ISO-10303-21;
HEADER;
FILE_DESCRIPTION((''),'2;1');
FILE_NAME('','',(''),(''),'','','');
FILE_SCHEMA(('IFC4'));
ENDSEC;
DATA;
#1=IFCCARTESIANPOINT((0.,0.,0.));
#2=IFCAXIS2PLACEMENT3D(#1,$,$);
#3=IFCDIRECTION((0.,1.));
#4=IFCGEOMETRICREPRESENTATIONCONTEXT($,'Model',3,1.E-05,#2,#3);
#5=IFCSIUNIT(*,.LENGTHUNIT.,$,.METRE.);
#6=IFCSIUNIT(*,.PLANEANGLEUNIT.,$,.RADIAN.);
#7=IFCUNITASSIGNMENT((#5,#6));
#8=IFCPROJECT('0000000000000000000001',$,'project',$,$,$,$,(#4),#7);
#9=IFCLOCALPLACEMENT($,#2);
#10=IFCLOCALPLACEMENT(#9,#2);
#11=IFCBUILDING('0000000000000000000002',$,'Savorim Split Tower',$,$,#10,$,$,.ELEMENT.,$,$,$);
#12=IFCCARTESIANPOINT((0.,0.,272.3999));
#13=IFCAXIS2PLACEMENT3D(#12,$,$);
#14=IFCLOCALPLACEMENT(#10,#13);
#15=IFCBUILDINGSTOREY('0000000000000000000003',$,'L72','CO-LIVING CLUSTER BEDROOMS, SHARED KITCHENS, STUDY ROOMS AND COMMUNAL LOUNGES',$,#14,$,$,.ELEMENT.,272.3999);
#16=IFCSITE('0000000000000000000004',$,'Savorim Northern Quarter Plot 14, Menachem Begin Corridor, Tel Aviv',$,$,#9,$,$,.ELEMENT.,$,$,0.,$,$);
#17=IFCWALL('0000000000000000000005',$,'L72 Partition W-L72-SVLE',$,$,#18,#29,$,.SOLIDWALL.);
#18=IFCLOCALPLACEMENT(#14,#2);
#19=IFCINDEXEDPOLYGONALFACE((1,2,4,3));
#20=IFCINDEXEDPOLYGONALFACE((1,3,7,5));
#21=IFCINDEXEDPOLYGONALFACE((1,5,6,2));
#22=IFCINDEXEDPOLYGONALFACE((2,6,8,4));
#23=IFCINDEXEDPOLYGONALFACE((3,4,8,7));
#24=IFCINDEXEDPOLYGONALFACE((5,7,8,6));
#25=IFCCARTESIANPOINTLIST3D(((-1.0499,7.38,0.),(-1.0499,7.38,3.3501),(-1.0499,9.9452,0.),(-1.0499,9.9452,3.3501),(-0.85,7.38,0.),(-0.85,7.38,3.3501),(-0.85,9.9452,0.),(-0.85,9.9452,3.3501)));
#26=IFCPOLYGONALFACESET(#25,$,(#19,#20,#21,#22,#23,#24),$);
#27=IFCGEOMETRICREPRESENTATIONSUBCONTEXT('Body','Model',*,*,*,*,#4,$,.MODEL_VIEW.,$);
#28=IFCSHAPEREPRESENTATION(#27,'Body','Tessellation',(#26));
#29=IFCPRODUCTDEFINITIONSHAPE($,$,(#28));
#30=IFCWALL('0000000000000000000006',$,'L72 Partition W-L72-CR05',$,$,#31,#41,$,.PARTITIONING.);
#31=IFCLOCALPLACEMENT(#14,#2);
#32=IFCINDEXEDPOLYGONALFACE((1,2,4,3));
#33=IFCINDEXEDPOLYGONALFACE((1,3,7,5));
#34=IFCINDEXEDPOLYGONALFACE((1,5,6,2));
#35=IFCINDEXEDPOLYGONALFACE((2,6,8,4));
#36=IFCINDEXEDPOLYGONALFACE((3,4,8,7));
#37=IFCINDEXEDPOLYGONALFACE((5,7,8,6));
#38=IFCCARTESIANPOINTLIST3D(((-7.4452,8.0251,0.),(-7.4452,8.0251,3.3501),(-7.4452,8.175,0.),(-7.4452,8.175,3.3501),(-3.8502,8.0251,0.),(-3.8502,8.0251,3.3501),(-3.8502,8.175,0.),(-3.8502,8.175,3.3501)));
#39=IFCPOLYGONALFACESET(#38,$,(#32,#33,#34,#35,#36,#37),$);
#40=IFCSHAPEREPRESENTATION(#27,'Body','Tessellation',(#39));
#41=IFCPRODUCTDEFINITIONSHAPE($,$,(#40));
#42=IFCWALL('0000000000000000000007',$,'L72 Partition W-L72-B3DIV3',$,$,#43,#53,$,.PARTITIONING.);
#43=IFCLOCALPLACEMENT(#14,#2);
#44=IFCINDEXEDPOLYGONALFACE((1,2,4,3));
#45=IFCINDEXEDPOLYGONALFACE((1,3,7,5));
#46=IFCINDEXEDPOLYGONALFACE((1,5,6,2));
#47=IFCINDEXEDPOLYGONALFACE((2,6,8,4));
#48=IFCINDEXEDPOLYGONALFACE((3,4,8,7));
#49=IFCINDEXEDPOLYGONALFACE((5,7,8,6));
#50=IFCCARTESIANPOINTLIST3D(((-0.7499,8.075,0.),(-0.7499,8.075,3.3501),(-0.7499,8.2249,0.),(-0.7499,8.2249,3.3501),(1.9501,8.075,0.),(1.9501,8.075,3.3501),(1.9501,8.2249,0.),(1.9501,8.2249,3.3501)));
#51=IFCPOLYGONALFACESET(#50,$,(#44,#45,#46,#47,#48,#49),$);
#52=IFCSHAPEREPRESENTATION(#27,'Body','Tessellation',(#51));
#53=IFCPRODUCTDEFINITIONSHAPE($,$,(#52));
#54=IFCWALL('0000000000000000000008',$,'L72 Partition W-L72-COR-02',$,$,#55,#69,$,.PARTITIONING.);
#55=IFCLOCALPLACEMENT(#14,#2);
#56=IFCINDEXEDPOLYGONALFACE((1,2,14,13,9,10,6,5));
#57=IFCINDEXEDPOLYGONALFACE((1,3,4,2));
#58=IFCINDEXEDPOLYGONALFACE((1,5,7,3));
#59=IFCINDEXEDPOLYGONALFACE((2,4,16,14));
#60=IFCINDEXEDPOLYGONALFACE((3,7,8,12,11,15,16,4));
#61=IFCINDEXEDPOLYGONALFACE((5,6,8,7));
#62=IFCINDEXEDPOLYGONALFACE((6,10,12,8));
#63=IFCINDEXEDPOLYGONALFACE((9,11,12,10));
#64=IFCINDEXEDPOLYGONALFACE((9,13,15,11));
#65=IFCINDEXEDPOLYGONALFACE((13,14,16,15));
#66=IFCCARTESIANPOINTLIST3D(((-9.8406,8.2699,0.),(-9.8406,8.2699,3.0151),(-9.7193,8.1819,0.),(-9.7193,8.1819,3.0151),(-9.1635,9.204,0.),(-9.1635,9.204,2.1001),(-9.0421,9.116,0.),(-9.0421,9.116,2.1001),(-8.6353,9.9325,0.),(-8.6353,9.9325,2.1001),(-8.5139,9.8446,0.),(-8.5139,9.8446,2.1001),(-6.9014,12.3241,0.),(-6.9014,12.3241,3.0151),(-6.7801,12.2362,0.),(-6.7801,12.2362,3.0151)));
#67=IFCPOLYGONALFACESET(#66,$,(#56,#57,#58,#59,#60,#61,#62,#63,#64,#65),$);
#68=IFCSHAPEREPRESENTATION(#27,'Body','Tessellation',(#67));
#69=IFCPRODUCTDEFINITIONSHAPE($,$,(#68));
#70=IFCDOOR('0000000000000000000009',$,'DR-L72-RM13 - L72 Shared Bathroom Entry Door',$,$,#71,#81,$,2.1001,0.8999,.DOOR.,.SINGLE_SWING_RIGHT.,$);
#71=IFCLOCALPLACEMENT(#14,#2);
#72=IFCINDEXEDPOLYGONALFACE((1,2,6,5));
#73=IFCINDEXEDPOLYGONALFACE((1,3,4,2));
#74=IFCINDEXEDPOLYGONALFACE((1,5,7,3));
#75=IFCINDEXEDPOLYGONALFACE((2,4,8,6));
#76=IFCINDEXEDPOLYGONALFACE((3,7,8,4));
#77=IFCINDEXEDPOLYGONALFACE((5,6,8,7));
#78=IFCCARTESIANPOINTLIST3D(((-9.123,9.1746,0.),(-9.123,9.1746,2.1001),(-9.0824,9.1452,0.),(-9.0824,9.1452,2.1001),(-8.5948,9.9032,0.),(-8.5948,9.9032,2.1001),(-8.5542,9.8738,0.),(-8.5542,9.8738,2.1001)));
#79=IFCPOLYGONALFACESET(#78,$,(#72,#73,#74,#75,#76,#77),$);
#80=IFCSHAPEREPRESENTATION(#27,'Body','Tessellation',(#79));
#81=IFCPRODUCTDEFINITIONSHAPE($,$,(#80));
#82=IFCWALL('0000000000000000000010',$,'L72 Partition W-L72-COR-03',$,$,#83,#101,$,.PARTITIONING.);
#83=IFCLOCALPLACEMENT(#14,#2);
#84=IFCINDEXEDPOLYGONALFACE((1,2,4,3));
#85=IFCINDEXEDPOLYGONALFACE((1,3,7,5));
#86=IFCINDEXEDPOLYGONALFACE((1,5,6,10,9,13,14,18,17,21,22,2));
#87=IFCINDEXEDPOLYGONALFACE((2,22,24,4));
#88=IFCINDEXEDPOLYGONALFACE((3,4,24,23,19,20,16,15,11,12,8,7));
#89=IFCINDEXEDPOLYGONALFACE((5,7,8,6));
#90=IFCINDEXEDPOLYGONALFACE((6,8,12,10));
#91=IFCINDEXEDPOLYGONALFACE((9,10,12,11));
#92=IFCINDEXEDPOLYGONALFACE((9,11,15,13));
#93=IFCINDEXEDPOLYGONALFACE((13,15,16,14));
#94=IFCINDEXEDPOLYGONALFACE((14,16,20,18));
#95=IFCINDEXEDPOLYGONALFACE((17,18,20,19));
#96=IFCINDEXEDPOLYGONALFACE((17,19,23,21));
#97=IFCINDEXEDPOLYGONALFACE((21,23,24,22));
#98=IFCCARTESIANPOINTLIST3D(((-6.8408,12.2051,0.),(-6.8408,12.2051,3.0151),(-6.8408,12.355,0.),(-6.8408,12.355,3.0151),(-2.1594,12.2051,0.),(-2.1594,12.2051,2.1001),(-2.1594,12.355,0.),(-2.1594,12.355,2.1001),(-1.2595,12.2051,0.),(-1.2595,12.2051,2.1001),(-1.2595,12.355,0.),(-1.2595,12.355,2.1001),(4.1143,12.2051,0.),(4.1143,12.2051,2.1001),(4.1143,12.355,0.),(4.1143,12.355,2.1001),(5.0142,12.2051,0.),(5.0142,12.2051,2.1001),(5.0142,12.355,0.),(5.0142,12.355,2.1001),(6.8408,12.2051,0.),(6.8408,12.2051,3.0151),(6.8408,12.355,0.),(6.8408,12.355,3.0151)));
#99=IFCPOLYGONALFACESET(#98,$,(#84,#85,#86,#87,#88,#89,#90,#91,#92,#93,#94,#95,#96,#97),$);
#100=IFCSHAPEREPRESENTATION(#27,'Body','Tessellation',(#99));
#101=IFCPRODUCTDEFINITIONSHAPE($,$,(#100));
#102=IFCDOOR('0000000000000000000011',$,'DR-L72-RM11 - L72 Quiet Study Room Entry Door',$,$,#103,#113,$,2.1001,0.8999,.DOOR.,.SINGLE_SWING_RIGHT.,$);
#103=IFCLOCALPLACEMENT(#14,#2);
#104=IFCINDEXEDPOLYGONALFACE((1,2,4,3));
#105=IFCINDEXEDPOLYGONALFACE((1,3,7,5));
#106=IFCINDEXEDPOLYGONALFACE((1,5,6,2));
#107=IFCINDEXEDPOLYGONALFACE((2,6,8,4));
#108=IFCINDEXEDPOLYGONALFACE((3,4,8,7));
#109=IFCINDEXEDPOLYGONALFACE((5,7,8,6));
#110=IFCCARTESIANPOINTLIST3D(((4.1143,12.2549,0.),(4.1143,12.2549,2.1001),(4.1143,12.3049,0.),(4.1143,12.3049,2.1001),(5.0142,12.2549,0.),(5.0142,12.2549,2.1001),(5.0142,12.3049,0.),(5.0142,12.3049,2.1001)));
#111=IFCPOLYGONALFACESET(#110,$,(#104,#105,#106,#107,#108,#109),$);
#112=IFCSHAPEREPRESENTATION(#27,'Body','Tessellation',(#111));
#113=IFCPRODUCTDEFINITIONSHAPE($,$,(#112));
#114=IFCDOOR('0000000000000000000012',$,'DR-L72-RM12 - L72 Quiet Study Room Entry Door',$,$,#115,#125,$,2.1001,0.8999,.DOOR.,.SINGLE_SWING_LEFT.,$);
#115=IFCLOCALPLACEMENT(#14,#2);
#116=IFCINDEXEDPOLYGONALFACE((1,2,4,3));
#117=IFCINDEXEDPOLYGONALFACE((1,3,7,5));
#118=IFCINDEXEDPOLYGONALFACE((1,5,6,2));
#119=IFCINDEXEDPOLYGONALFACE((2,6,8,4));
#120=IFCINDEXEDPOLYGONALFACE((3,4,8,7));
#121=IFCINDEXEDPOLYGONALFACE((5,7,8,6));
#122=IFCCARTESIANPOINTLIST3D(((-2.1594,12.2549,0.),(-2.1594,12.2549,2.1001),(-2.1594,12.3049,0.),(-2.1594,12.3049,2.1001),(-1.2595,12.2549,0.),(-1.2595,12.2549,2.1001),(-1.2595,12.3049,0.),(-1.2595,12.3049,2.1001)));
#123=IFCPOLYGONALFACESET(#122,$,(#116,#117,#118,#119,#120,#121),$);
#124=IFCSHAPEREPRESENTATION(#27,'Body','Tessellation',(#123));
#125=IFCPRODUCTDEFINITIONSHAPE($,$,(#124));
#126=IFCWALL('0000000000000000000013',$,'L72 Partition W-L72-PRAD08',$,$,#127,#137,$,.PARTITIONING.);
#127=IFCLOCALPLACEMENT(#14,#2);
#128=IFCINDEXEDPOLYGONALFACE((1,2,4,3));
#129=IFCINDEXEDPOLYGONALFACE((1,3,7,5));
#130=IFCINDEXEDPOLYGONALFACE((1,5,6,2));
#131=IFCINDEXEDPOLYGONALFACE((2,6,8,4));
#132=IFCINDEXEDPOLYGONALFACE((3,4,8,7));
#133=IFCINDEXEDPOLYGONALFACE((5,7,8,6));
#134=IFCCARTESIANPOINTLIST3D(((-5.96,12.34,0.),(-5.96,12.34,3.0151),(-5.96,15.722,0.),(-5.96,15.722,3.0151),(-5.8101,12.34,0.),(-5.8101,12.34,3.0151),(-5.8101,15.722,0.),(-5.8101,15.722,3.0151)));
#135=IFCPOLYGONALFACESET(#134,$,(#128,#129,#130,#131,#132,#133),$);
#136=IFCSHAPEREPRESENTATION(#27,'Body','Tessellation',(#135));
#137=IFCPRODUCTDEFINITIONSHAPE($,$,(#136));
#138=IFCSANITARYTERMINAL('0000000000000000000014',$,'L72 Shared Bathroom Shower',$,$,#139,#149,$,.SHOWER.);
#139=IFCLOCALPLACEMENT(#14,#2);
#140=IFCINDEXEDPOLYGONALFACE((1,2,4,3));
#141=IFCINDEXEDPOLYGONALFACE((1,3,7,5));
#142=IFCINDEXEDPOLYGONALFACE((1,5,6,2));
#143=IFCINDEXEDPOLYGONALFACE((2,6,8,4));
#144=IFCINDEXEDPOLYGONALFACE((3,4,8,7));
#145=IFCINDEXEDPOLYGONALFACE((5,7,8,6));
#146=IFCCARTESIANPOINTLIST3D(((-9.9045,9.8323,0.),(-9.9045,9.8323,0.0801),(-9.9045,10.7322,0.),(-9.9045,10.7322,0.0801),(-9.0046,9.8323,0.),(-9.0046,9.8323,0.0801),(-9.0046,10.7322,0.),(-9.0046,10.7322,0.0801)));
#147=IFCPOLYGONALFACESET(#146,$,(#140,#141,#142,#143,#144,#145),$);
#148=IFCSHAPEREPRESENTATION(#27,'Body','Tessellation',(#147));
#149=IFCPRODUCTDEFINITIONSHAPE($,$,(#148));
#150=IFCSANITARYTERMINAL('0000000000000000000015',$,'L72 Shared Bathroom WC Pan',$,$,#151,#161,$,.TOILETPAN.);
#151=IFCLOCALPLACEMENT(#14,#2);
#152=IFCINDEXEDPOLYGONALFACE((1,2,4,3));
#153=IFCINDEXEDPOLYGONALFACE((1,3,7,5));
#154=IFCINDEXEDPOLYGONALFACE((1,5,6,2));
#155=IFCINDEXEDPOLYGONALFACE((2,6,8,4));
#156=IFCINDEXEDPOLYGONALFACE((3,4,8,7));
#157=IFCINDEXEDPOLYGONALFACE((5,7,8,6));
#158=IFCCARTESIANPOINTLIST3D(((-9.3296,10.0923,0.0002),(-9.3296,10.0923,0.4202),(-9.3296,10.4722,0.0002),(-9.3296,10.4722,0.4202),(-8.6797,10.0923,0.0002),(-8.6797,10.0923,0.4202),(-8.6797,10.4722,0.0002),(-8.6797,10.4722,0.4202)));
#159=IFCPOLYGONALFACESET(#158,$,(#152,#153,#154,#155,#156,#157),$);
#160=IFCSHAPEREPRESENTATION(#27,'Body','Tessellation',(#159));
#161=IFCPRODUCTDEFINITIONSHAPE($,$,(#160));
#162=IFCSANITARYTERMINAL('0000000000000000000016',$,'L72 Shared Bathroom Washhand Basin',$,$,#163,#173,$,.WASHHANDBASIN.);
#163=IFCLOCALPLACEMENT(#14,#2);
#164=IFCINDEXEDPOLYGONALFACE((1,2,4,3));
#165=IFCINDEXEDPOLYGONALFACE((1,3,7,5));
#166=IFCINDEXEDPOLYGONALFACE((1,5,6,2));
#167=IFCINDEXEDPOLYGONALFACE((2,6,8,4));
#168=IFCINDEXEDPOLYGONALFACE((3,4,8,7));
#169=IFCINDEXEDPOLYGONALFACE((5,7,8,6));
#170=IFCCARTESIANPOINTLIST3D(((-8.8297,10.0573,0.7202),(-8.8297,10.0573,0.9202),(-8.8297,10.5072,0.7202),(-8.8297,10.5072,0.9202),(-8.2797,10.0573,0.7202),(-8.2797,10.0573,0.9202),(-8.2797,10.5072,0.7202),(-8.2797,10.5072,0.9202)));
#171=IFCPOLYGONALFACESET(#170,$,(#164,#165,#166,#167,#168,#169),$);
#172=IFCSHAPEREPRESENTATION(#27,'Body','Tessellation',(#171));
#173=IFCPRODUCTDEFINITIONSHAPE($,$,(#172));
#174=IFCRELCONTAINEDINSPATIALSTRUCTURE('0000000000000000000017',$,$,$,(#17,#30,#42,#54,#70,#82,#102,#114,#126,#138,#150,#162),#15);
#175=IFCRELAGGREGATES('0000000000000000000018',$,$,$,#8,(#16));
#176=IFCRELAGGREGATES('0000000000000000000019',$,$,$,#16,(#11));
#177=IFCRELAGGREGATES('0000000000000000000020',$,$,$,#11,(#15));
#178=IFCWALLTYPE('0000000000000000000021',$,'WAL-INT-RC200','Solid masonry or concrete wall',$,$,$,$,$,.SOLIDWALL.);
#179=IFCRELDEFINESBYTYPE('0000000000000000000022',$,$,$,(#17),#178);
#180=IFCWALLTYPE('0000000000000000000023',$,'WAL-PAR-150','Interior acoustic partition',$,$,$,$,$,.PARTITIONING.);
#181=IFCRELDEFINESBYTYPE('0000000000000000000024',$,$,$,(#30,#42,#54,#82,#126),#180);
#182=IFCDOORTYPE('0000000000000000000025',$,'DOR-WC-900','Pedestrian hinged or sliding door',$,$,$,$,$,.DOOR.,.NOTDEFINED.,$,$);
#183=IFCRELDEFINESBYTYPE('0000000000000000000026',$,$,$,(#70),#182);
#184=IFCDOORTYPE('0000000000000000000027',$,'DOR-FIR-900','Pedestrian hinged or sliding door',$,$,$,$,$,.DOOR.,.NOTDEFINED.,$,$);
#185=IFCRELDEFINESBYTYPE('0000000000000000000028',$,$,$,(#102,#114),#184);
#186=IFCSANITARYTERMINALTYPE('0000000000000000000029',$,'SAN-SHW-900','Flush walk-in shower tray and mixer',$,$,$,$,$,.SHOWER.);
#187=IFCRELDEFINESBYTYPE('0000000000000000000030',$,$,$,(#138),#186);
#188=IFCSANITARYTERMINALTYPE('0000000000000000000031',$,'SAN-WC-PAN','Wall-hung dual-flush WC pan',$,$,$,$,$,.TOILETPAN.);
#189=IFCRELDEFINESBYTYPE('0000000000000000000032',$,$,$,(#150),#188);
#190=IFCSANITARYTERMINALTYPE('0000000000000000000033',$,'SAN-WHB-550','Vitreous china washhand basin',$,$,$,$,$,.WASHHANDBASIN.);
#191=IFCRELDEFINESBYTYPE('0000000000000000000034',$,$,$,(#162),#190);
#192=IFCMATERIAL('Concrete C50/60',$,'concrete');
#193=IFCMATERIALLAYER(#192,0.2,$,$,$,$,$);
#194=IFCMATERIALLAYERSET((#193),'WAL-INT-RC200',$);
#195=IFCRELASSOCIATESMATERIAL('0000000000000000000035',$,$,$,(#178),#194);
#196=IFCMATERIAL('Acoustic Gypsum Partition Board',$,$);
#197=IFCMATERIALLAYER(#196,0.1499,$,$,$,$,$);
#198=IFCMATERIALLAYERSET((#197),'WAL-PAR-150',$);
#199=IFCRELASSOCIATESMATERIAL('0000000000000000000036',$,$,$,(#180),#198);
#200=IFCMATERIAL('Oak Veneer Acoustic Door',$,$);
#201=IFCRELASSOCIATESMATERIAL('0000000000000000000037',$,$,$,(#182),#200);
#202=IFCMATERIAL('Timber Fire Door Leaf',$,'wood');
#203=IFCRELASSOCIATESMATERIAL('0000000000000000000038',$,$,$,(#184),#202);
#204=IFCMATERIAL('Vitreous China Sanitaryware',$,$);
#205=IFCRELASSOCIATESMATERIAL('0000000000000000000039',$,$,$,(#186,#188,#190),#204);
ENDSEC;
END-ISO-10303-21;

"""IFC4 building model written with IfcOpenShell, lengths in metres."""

from ifc_helpers import new_model, si_unit, direction, frame, frame_2d, origin, origin_2d, place, context, subcontext, project, spatial, rectangle, extrude, material, layer, layer_set, type_object, element, fill, save


model = new_model("IFC4")

# Units and contexts
model_context = context("Model", 3, precision=1e-05, world=origin(), true_north=direction((0.0, 1.0)))
body_context = subcontext(model_context, "Body", "Model", "MODEL_VIEW")
ifc_project = project(units=[si_unit("LENGTHUNIT", "METRE"), si_unit("PLANEANGLEUNIT", "RADIAN")], contexts=[model_context])

# Site, building, storey
site_placement = place(None, origin())
site = spatial("IfcSite", under=ifc_project, at=site_placement, Name="Savorim Northern Quarter Plot 14, Menachem Begin Corridor, Tel Aviv", CompositionType="ELEMENT", RefElevation=0.0)
building_placement = place(site_placement, origin())
building = spatial("IfcBuilding", under=site, at=building_placement, Name="Savorim Split Tower", CompositionType="ELEMENT")
storey_placement = place(building_placement, frame((0.0, 0.0, 272.3999)))
storey = spatial("IfcBuildingStorey", under=building, at=storey_placement, Name="L72", Description="CO-LIVING CLUSTER BEDROOMS, SHARED KITCHENS, STUDY ROOMS AND COMMUNAL LOUNGES", CompositionType="ELEMENT", Elevation=272.3999)

# Walls
ifc_material_1 = material(Name="Concrete C50/60", Category="concrete")
ifc_layer_1 = layer(ifc_material_1, 0.2)
ifc_layer_set_1 = layer_set([ifc_layer_1], Name="WAL-INT-RC200")
wall_type_1 = type_object("IfcWallType", Name="WAL-INT-RC200", Description="Solid masonry or concrete wall", PredefinedType="SOLIDWALL", material=ifc_layer_set_1)
wall_1_placement = place(storey_placement, frame((-0.95, 7.3799, 0.0), z_axis=(0.0, 0.0, 1.0), x_axis=(0.0, 1.0, 0.0)))
element("IfcWall", 1, at=wall_1_placement, inside=storey, type_object=wall_type_1, Name="L72 Partition W-L72-SVLE", PredefinedType="SOLIDWALL", context=body_context, shape_type="SweptSolid", body=[
    extrude(rectangle(XDim=2.5652, YDim=0.2, at=frame_2d((1.2827, 0.0))), origin(), (0.0, 0.0, 1.0), 3.3501),
])
ifc_material_2 = material(Name="Acoustic Gypsum Partition Board")
ifc_layer_2 = layer(ifc_material_2, 0.1499)
ifc_layer_set_2 = layer_set([ifc_layer_2], Name="WAL-PAR-150")
wall_type_2 = type_object("IfcWallType", Name="WAL-PAR-150", Description="Interior acoustic partition", PredefinedType="PARTITIONING", material=ifc_layer_set_2)
wall_2_placement = place(storey_placement, frame((-7.4451, 8.1001, 0.0), z_axis=(0.0, 0.0, 1.0), x_axis=(1.0, 0.0, 0.0)))
element("IfcWall", 2, at=wall_2_placement, inside=storey, type_object=wall_type_2, Name="L72 Partition W-L72-CR05", PredefinedType="PARTITIONING", context=body_context, shape_type="SweptSolid", body=[
    extrude(rectangle(XDim=3.595, YDim=0.1499, at=frame_2d((1.7974, 0.0))), origin(), (0.0, 0.0, 1.0), 3.3501),
])
wall_3_placement = place(storey_placement, frame((-0.75, 8.1499, 0.0), z_axis=(0.0, 0.0, 1.0), x_axis=(1.0, 0.0, 0.0)))
element("IfcWall", 3, at=wall_3_placement, inside=storey, type_object=wall_type_2, Name="L72 Partition W-L72-B3DIV3", PredefinedType="PARTITIONING", context=body_context, shape_type="SweptSolid", body=[
    extrude(rectangle(XDim=2.7, YDim=0.1499, at=frame_2d((1.3501, 0.0))), origin(), (0.0, 0.0, 1.0), 3.3501),
])

# Wall, opening, door
wall_4_placement = place(storey_placement, frame((-9.78, 8.2258, 0.0), z_axis=(0.0, 0.0, 1.0), x_axis=(0.586956, 0.809619, 0.0)))
wall_4 = element("IfcWall", 4, at=wall_4_placement, inside=storey, type_object=wall_type_2, Name="L72 Partition W-L72-COR-02", PredefinedType="PARTITIONING", context=body_context, shape_type="SweptSolid", body=[
    extrude(rectangle(XDim=5.0076, YDim=0.1499, at=frame_2d((2.5039, 0.0))), origin(), (0.0, 0.0, 1.0), 3.0151),
])
opening_1_placement = place(wall_4_placement, frame((1.1538, 0.0, 0.0)))
opening_1 = element("IfcOpeningElement", 5, at=opening_1_placement, cuts=wall_4, PredefinedType="OPENING", context=body_context, shape_type="SweptSolid", body=[
    extrude(rectangle(XDim=0.8999, YDim=2.1001, at=frame_2d((0.45, 1.05))), frame((0.0, 0.085, 0.0), z_axis=(0.0, -1.0, 0.0), x_axis=(1.0, 0.0, 0.0)), (0.0, 0.0, 1.0), 0.1699),
])
ifc_material_3 = material(Name="Oak Veneer Acoustic Door")
door_type_1 = type_object("IfcDoorType", Name="DOR-WC-900", Description="Pedestrian hinged or sliding door", OperationType="NOTDEFINED", PredefinedType="DOOR", material=ifc_material_3)
door_1_placement = place(opening_1_placement, origin())
door_1 = element("IfcDoor", 6, at=door_1_placement, inside=storey, type_object=door_type_1, Name="DR-L72-RM13 - L72 Shared Bathroom Entry Door", OperationType="SINGLE_SWING_RIGHT", OverallHeight=2.1001, OverallWidth=0.8999, PredefinedType="DOOR", context=body_context, shape_type="SweptSolid", body=[
    extrude(rectangle(XDim=0.8999, YDim=2.1001, at=frame_2d((0.45, 1.05))), frame((0.0, 0.0249, 0.0), z_axis=(0.0, -1.0, 0.0), x_axis=(1.0, 0.0, 0.0)), (0.0, 0.0, 1.0), 0.05),
])
fill(opening_1, door_1)

# Wall, openings, doors
wall_5_placement = place(storey_placement, frame((-6.8408, 12.28, 0.0), z_axis=(0.0, 0.0, 1.0), x_axis=(1.0, 0.0, 0.0)))
wall_5 = element("IfcWall", 7, at=wall_5_placement, inside=storey, type_object=wall_type_2, Name="L72 Partition W-L72-COR-03", PredefinedType="PARTITIONING", context=body_context, shape_type="SweptSolid", body=[
    extrude(rectangle(XDim=13.6816, YDim=0.1499, at=frame_2d((6.8408, 0.0))), origin(), (0.0, 0.0, 1.0), 3.0151),
])
opening_2_placement = place(wall_5_placement, frame((10.9551, 0.0, 0.0)))
opening_2 = element("IfcOpeningElement", 8, at=opening_2_placement, cuts=wall_5, PredefinedType="OPENING", context=body_context, shape_type="SweptSolid", body=[
    extrude(rectangle(XDim=0.8999, YDim=2.1001, at=frame_2d((0.45, 1.05))), frame((0.0, 0.085, 0.0), z_axis=(0.0, -1.0, 0.0), x_axis=(1.0, 0.0, 0.0)), (0.0, 0.0, 1.0), 0.1699),
])
opening_3_placement = place(wall_5_placement, frame((4.6814, 0.0, 0.0)))
opening_3 = element("IfcOpeningElement", 9, at=opening_3_placement, cuts=wall_5, PredefinedType="OPENING", context=body_context, shape_type="SweptSolid", body=[
    extrude(rectangle(XDim=0.8999, YDim=2.1001, at=frame_2d((0.45, 1.05))), frame((0.0, 0.085, 0.0), z_axis=(0.0, -1.0, 0.0), x_axis=(1.0, 0.0, 0.0)), (0.0, 0.0, 1.0), 0.1699),
])
ifc_material_4 = material(Name="Timber Fire Door Leaf", Category="wood")
door_type_2 = type_object("IfcDoorType", Name="DOR-FIR-900", Description="Pedestrian hinged or sliding door", OperationType="NOTDEFINED", PredefinedType="DOOR", material=ifc_material_4)
door_2_placement = place(opening_2_placement, origin())
door_2 = element("IfcDoor", 10, at=door_2_placement, inside=storey, type_object=door_type_2, Name="DR-L72-RM11 - L72 Quiet Study Room Entry Door", OperationType="SINGLE_SWING_RIGHT", OverallHeight=2.1001, OverallWidth=0.8999, PredefinedType="DOOR", context=body_context, shape_type="SweptSolid", body=[
    extrude(rectangle(XDim=0.8999, YDim=2.1001, at=frame_2d((0.45, 1.05))), frame((0.0, 0.0249, 0.0), z_axis=(0.0, -1.0, 0.0), x_axis=(1.0, 0.0, 0.0)), (0.0, 0.0, 1.0), 0.05),
])
fill(opening_2, door_2)
door_3_placement = place(opening_3_placement, origin())
door_3 = element("IfcDoor", 11, at=door_3_placement, inside=storey, type_object=door_type_2, Name="DR-L72-RM12 - L72 Quiet Study Room Entry Door", OperationType="SINGLE_SWING_LEFT", OverallHeight=2.1001, OverallWidth=0.8999, PredefinedType="DOOR", context=body_context, shape_type="SweptSolid", body=[
    extrude(rectangle(XDim=0.8999, YDim=2.1001, at=frame_2d((0.45, 1.05))), frame((0.0, 0.0249, 0.0), z_axis=(0.0, -1.0, 0.0), x_axis=(1.0, 0.0, 0.0)), (0.0, 0.0, 1.0), 0.05),
])
fill(opening_3, door_3)

# Wall
wall_6_placement = place(storey_placement, frame((-5.885, 12.3401, 0.0), z_axis=(0.0, 0.0, 1.0), x_axis=(0.0, 1.0, 0.0)))
element("IfcWall", 12, at=wall_6_placement, inside=storey, type_object=wall_type_2, Name="L72 Partition W-L72-PRAD08", PredefinedType="PARTITIONING", context=body_context, shape_type="SweptSolid", body=[
    extrude(rectangle(XDim=3.3821, YDim=0.1499, at=frame_2d((1.6909, 0.0))), origin(), (0.0, 0.0, 1.0), 3.0151),
])

# Sanitary terminals
ifc_material_5 = material(Name="Vitreous China Sanitaryware")
sanitary_terminal_type_1 = type_object("IfcSanitaryTerminalType", Name="SAN-SHW-900", Description="Flush walk-in shower tray and mixer", PredefinedType="SHOWER", material=ifc_material_5)
sanitary_terminal_1_placement = place(storey_placement, frame((-9.4546, 10.2822, 0.0), z_axis=(0.0, 0.0, 1.0), x_axis=(1.0, 0.0, 0.0)))
element("IfcSanitaryTerminal", 13, at=sanitary_terminal_1_placement, inside=storey, type_object=sanitary_terminal_type_1, Name="L72 Shared Bathroom Shower", PredefinedType="SHOWER", context=body_context, shape_type="SweptSolid", body=[
    extrude(rectangle(XDim=0.8999, YDim=0.8999, at=origin_2d()), origin(), (0.0, 0.0, 1.0), 0.0801),
])
sanitary_terminal_type_2 = type_object("IfcSanitaryTerminalType", Name="SAN-WC-PAN", Description="Wall-hung dual-flush WC pan", PredefinedType="TOILETPAN", material=ifc_material_5)
sanitary_terminal_2_placement = place(storey_placement, frame((-9.0046, 10.2822, 0.0002), z_axis=(0.0, 0.0, 1.0), x_axis=(1.0, 0.0, 0.0)))
element("IfcSanitaryTerminal", 14, at=sanitary_terminal_2_placement, inside=storey, type_object=sanitary_terminal_type_2, Name="L72 Shared Bathroom WC Pan", PredefinedType="TOILETPAN", context=body_context, shape_type="SweptSolid", body=[
    extrude(rectangle(XDim=0.6499, YDim=0.3799, at=origin_2d()), origin(), (0.0, 0.0, 1.0), 0.4199),
])
sanitary_terminal_type_3 = type_object("IfcSanitaryTerminalType", Name="SAN-WHB-550", Description="Vitreous china washhand basin", PredefinedType="WASHHANDBASIN", material=ifc_material_5)
sanitary_terminal_3_placement = place(storey_placement, frame((-8.5547, 10.2822, 0.7202), z_axis=(0.0, 0.0, 1.0), x_axis=(1.0, 0.0, 0.0)))
element("IfcSanitaryTerminal", 15, at=sanitary_terminal_3_placement, inside=storey, type_object=sanitary_terminal_type_3, Name="L72 Shared Bathroom Washhand Basin", PredefinedType="WASHHANDBASIN", context=body_context, shape_type="SweptSolid", body=[
    extrude(rectangle(XDim=0.55, YDim=0.45, at=origin_2d()), origin(), (0.0, 0.0, 1.0), 0.2),
])

save(model, "model.ifc")
